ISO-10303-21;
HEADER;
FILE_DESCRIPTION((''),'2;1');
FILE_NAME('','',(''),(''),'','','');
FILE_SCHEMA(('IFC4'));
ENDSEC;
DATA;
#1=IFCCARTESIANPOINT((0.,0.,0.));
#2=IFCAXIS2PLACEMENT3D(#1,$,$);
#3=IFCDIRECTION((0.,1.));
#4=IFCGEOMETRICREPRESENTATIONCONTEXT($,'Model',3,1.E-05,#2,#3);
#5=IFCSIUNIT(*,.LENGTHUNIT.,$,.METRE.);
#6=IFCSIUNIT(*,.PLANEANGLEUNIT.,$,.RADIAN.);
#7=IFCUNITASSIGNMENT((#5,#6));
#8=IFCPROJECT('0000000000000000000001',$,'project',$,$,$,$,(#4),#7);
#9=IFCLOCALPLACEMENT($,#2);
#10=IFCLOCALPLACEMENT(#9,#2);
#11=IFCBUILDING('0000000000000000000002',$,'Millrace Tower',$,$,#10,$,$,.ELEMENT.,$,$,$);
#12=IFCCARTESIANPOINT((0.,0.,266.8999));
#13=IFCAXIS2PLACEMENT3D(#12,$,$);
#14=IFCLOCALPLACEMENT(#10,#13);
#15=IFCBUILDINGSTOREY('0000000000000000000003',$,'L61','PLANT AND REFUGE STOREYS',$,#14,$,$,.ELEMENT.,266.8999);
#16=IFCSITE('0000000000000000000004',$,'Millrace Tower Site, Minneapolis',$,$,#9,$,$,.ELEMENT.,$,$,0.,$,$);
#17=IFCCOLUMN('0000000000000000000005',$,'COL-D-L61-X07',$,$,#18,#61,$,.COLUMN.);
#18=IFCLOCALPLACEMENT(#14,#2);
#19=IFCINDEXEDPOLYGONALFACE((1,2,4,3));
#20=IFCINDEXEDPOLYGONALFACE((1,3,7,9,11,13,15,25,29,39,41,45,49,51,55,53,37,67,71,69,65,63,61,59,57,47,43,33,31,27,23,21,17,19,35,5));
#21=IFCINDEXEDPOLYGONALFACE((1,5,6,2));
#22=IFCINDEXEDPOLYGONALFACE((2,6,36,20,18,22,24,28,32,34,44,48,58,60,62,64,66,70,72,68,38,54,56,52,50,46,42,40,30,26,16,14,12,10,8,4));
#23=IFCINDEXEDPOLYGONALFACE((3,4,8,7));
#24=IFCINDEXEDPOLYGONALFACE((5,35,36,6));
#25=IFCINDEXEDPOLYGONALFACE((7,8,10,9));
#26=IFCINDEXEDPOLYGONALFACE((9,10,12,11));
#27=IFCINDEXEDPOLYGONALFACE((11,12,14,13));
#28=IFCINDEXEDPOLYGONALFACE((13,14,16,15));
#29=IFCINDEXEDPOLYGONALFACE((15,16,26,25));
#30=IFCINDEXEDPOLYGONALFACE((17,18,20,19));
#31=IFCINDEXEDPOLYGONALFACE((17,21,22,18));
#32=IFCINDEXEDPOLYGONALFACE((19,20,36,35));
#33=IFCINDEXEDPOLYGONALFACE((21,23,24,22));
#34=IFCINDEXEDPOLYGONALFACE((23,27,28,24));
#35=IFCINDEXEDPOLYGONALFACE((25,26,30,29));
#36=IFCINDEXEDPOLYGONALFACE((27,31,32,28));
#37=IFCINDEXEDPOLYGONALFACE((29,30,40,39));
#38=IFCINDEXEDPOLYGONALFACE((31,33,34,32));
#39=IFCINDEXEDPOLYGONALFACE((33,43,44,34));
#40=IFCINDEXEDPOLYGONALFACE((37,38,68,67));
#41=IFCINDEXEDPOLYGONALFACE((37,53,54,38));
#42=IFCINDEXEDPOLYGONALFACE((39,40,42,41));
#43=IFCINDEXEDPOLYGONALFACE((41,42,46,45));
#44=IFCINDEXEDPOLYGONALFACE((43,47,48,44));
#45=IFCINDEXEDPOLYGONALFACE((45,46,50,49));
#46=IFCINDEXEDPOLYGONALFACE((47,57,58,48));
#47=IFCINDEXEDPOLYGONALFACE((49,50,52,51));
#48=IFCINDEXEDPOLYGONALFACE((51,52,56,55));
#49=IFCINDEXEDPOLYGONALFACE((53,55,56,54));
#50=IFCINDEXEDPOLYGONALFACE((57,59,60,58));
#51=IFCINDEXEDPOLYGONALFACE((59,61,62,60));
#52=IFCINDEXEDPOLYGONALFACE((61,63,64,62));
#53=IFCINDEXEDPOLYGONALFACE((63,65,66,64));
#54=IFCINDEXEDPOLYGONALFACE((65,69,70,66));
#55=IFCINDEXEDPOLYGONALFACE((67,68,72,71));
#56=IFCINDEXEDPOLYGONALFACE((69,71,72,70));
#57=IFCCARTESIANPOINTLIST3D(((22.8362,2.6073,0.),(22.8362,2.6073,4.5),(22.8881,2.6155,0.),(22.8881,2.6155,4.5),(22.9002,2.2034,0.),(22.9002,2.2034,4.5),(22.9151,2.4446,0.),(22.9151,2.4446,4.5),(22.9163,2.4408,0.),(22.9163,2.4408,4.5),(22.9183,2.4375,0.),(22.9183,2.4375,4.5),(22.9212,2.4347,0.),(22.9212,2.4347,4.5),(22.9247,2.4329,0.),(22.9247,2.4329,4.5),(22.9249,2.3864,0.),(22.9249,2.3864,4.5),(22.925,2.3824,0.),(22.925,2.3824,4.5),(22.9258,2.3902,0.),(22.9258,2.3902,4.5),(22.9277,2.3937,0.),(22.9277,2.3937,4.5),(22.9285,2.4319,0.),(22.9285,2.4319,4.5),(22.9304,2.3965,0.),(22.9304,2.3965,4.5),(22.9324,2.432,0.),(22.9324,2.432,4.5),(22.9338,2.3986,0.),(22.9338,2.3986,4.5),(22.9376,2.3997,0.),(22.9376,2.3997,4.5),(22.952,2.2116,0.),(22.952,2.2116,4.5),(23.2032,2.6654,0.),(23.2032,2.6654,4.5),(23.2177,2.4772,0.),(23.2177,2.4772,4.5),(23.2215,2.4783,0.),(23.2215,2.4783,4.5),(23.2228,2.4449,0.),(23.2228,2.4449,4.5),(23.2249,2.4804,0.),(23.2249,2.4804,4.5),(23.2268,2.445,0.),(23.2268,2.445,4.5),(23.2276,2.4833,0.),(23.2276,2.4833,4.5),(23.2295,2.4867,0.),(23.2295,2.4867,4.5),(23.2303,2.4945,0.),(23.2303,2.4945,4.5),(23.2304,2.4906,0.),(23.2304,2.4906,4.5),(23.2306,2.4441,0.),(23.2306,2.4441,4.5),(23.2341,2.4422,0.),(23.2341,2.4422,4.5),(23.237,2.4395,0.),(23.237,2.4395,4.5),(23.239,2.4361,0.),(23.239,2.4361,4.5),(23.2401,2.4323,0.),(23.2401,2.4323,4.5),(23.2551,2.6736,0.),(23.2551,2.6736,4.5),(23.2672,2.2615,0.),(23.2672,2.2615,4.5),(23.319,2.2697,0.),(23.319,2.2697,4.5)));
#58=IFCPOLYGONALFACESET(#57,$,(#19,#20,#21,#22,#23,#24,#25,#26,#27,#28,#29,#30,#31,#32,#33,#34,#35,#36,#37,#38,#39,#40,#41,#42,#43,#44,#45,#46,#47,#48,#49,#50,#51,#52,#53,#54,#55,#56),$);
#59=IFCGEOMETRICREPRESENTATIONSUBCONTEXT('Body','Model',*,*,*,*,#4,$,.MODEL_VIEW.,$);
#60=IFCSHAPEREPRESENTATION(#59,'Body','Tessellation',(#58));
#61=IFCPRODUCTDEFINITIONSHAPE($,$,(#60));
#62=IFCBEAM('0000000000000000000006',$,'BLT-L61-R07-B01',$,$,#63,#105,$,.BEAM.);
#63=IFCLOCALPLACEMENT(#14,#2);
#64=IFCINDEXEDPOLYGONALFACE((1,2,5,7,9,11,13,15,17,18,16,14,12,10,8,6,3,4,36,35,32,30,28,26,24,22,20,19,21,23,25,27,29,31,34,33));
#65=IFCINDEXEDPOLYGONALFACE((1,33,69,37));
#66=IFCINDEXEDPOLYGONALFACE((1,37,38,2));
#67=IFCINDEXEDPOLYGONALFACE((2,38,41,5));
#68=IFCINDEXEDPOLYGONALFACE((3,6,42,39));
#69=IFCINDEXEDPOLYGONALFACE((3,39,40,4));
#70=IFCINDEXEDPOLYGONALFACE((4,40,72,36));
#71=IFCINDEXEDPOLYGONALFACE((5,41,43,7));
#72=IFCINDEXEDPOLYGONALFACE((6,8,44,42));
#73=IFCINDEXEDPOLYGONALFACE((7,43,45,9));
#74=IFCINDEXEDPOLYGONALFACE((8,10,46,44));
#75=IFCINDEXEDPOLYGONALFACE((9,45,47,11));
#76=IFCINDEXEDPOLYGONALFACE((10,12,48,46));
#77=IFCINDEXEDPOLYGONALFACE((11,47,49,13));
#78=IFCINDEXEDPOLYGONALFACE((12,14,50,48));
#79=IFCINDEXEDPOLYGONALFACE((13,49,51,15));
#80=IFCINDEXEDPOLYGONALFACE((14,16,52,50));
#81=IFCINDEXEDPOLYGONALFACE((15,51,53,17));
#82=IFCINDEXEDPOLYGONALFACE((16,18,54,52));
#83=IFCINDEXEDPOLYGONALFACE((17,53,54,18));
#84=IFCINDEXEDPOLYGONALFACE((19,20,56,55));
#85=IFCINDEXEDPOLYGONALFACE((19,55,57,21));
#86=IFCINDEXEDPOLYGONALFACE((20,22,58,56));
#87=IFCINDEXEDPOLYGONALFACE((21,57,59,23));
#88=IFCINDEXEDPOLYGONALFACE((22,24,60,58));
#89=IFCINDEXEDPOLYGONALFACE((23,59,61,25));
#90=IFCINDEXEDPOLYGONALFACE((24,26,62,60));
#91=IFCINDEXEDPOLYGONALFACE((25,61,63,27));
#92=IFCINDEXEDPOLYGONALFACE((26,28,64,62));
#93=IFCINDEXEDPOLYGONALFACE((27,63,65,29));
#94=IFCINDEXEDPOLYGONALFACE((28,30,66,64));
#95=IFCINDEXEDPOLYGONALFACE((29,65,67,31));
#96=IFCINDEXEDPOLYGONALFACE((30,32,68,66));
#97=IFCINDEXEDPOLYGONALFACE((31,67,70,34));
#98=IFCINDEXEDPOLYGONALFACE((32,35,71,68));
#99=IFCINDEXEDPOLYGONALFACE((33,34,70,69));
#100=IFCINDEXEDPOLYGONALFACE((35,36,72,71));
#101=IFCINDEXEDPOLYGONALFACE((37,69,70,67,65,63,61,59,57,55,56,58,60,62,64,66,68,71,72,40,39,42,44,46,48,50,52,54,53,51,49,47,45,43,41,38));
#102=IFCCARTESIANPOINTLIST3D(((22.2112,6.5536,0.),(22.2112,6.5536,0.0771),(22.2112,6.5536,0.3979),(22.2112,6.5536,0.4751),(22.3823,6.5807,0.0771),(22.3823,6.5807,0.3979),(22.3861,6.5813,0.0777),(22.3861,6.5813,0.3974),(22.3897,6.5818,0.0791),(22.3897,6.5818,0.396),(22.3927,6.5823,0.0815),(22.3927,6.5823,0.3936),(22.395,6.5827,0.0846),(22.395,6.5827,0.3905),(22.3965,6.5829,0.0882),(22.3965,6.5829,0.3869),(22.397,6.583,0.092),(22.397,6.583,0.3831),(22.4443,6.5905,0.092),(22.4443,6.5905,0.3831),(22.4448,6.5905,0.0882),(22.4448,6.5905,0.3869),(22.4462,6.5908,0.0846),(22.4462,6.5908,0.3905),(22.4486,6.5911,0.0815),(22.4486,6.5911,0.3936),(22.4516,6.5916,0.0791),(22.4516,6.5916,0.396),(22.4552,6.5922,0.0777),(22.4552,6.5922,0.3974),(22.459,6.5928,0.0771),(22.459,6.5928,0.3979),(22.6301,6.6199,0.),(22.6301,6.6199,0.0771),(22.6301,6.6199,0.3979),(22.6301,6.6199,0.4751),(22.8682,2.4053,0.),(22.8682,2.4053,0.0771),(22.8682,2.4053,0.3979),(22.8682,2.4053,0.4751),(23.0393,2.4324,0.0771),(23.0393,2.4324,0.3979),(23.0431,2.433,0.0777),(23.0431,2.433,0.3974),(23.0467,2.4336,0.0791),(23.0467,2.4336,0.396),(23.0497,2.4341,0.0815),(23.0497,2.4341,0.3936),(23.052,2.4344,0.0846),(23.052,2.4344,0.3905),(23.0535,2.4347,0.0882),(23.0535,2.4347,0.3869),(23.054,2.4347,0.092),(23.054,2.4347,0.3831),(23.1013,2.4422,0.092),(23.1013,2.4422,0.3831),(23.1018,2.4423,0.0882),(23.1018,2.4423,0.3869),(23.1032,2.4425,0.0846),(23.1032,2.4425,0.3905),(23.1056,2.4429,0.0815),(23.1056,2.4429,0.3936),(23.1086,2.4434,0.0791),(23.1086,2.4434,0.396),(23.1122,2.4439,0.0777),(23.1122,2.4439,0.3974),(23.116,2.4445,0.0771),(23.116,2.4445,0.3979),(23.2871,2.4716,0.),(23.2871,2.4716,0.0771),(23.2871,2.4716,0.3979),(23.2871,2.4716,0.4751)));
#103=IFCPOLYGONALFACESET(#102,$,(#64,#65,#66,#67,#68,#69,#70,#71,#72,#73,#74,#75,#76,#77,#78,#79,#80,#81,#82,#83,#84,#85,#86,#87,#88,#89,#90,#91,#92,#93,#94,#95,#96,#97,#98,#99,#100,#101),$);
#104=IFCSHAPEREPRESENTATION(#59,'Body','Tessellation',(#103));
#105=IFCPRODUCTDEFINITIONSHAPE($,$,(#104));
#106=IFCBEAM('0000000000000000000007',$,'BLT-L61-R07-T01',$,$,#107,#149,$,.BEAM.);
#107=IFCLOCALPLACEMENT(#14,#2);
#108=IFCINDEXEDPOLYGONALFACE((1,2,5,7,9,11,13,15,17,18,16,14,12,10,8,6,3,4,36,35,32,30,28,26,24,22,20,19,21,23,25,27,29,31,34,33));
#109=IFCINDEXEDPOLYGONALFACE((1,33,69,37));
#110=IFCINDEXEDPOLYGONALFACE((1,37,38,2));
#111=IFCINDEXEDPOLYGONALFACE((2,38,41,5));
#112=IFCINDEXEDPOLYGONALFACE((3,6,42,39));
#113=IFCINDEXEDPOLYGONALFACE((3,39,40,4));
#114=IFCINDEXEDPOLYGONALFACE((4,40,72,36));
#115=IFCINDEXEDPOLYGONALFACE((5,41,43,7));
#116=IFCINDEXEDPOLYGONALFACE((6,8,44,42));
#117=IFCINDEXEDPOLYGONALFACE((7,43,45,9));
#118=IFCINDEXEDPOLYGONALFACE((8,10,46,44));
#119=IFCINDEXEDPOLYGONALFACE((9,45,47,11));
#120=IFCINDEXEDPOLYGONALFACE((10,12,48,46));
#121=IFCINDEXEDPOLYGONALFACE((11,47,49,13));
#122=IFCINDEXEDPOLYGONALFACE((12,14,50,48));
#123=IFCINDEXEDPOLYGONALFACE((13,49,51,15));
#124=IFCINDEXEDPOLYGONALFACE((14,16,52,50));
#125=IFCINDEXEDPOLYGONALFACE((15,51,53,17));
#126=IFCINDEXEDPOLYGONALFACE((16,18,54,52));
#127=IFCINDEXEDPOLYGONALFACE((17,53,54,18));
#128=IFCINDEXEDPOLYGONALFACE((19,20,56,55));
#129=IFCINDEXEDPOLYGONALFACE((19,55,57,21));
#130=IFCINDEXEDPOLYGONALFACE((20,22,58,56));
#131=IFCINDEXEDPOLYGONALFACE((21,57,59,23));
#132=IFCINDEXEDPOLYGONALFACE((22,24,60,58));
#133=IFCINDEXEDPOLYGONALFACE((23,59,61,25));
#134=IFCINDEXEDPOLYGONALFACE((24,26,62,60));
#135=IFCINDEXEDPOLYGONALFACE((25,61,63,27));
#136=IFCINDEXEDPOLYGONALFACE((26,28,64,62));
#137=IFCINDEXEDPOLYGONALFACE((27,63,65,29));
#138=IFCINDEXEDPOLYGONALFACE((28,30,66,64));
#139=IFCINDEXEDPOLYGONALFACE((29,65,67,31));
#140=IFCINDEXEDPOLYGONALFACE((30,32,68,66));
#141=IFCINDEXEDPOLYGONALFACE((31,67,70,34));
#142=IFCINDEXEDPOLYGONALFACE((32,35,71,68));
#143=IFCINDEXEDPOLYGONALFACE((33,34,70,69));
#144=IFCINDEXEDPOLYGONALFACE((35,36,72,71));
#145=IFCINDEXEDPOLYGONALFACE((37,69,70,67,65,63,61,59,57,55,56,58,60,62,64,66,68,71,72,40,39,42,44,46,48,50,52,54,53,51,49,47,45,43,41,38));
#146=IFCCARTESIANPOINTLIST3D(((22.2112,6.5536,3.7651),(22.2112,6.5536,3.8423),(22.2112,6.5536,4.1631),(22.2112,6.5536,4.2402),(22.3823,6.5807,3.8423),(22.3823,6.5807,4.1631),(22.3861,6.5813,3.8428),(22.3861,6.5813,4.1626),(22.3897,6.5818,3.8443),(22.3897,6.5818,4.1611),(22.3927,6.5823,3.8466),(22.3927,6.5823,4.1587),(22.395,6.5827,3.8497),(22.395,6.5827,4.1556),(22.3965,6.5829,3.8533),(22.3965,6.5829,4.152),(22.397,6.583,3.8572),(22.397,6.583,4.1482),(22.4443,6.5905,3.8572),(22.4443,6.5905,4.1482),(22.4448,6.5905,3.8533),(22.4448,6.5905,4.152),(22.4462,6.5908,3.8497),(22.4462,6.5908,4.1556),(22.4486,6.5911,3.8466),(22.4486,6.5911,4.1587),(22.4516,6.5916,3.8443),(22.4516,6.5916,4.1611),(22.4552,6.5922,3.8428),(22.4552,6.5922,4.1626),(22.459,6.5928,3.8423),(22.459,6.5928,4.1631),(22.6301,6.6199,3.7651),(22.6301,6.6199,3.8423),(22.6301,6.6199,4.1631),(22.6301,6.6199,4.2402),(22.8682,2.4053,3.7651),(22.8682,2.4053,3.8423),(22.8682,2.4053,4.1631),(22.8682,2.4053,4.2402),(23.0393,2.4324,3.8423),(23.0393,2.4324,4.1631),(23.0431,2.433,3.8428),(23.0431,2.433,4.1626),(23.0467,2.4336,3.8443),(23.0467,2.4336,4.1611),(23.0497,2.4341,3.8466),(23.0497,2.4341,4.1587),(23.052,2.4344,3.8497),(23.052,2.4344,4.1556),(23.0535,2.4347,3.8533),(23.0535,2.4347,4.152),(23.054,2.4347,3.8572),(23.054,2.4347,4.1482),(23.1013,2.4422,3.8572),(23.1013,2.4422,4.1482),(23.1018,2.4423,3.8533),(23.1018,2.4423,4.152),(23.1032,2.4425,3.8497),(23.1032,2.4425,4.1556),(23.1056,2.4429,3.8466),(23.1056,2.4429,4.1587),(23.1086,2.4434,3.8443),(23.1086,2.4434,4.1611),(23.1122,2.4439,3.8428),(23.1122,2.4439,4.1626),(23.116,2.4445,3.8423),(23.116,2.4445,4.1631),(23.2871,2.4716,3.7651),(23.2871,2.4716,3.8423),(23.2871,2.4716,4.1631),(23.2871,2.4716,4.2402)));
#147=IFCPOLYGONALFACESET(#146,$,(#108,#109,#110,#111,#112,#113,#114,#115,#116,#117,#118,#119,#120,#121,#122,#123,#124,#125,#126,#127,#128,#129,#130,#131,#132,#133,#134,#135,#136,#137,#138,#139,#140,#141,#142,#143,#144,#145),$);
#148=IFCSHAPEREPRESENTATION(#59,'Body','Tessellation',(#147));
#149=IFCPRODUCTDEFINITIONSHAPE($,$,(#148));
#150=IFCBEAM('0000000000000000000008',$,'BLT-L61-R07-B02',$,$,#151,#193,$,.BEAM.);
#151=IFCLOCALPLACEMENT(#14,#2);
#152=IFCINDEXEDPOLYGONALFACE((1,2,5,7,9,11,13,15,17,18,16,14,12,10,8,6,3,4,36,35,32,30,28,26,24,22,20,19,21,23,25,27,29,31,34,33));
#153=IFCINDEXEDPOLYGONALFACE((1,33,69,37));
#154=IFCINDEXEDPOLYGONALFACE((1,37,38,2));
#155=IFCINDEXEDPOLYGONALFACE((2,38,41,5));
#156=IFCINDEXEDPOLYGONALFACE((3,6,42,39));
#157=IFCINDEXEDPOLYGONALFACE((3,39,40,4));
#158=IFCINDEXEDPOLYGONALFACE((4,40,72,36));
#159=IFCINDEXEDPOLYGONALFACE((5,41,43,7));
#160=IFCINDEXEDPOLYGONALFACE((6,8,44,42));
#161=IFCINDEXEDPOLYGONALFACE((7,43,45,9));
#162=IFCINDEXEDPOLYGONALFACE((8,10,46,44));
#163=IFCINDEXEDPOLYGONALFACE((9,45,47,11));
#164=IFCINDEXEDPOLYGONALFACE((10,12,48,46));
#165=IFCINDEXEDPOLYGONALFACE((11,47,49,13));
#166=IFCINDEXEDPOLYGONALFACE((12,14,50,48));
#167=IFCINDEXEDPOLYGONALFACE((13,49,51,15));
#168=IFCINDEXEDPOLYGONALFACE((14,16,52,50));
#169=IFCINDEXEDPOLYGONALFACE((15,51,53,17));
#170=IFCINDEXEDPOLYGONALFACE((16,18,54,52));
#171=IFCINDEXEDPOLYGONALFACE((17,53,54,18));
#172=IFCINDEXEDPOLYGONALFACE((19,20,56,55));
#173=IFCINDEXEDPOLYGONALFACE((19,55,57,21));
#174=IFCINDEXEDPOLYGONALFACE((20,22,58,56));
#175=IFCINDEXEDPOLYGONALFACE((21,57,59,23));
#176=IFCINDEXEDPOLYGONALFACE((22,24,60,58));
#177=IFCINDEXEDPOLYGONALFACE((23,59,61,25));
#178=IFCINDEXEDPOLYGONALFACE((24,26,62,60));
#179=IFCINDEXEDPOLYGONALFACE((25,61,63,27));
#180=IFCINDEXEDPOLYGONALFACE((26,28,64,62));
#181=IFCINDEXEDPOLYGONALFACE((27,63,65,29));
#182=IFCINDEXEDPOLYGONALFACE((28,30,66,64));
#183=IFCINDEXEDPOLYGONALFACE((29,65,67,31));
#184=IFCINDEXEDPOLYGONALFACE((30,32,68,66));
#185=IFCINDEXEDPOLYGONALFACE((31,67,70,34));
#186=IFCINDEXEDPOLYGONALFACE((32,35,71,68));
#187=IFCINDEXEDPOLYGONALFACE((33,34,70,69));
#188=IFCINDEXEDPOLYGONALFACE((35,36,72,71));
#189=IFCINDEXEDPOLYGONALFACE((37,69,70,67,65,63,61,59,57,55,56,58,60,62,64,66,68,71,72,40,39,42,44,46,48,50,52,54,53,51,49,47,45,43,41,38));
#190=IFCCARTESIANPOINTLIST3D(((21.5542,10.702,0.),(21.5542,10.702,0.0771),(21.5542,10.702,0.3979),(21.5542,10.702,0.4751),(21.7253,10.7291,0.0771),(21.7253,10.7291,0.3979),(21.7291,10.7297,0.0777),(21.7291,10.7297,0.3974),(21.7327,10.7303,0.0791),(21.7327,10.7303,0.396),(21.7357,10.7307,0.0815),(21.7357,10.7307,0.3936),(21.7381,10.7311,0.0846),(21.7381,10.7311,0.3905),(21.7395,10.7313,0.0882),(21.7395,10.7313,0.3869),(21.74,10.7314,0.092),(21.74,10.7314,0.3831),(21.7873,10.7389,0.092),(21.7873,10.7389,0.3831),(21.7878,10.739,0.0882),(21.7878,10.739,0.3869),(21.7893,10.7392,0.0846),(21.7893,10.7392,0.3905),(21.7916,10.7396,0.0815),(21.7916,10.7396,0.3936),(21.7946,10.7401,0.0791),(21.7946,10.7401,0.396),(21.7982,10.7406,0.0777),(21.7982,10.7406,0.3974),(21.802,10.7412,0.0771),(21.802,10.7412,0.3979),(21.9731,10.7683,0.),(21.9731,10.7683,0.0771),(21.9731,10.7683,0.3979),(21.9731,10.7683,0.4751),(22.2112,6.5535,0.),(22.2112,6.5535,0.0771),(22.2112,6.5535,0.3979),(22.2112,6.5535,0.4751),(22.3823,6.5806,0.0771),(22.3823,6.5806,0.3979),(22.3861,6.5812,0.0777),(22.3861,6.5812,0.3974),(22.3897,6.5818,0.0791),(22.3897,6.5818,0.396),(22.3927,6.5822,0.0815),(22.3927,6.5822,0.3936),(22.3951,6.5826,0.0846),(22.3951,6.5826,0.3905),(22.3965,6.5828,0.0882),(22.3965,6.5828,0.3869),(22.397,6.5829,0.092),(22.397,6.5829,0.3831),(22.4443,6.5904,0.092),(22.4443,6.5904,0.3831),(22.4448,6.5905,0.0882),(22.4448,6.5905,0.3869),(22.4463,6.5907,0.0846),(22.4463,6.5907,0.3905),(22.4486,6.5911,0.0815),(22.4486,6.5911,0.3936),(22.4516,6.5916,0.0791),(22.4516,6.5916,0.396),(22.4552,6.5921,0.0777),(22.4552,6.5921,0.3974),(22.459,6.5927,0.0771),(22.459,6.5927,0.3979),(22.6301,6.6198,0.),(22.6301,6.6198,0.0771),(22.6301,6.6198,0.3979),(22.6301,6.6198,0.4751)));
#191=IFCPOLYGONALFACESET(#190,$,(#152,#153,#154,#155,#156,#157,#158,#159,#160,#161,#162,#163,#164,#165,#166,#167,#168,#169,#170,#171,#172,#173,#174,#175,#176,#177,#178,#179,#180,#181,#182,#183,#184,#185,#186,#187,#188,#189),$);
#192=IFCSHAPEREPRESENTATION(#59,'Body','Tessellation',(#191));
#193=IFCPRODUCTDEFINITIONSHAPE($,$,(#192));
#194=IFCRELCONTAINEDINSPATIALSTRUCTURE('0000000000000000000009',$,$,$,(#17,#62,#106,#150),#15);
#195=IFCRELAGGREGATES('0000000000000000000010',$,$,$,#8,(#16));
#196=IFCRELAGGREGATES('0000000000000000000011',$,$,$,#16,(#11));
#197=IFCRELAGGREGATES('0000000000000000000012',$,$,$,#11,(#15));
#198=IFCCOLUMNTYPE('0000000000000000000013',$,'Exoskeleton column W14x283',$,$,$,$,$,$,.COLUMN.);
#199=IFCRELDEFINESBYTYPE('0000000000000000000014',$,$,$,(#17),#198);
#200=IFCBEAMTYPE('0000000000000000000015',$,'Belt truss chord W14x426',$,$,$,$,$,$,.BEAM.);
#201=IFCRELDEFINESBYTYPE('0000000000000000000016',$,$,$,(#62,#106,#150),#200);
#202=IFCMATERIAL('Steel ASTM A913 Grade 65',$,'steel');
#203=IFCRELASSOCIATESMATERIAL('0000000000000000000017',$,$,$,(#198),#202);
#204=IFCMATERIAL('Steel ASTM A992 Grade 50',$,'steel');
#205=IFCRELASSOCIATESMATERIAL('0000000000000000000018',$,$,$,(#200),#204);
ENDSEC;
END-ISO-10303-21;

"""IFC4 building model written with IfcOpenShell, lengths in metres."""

from ifc_helpers import new_model, si_unit, direction, frame, origin, origin_2d, place, context, subcontext, project, spatial, i_section, extrude, material, material_profile, profile_set, type_object, element, save


model = new_model("IFC4")

# Units and contexts
model_context = context("Model", 3, precision=1e-05, world=origin(), true_north=direction((0.0, 1.0)))
body_context = subcontext(model_context, "Body", "Model", "MODEL_VIEW")
ifc_project = project(units=[si_unit("LENGTHUNIT", "METRE"), si_unit("PLANEANGLEUNIT", "RADIAN")], contexts=[model_context])

# Site, building, storey
site_placement = place(None, origin())
site = spatial("IfcSite", under=ifc_project, at=site_placement, Name="Millrace Tower Site, Minneapolis", CompositionType="ELEMENT", RefElevation=0.0)
building_placement = place(site_placement, origin())
building = spatial("IfcBuilding", under=site, at=building_placement, Name="Millrace Tower", CompositionType="ELEMENT")
storey_placement = place(building_placement, frame((0.0, 0.0, 266.8999)))
storey = spatial("IfcBuildingStorey", under=building, at=storey_placement, Name="L61", Description="PLANT AND REFUGE STOREYS", CompositionType="ELEMENT", Elevation=266.8999)

# Column
ifc_material_1 = material(Name="Steel ASTM A913 Grade 65", Category="steel")
ifc_material_profile_1 = material_profile(ifc_material_1, i_section(OverallWidth=0.4089, OverallDepth=0.4241, WebThickness=0.0327, FlangeThickness=0.0525, FilletRadius=0.0151, at=origin_2d()))
ifc_profile_set_1 = profile_set([ifc_material_profile_1], Name="Steel ASTM A913 Grade 65")
column_type = type_object("IfcColumnType", Name="Exoskeleton column W14x283", PredefinedType="COLUMN", material=ifc_profile_set_1)
column_placement = place(storey_placement, frame((23.0776, 2.4385, 0.0), z_axis=(0.0, 0.0, 1.0), x_axis=(-0.156434, 0.987688, 0.0)))
element("IfcColumn", 1, at=column_placement, inside=storey, type_object=column_type, Name="COL-D-L61-X07", PredefinedType="COLUMN", context=body_context, shape_type="SweptSolid", body=[
    extrude(i_section(OverallWidth=0.4089, OverallDepth=0.4241, WebThickness=0.0327, FlangeThickness=0.0525, FilletRadius=0.0151, at=origin_2d()), origin(), (0.0, 0.0, 1.0), 4.5),
])

# Beams
ifc_material_2 = material(Name="Steel ASTM A992 Grade 50", Category="steel")
ifc_material_profile_2 = material_profile(ifc_material_2, i_section(OverallWidth=0.4241, OverallDepth=0.4751, WebThickness=0.0479, FlangeThickness=0.0771, FilletRadius=0.0149, at=origin_2d()))
ifc_profile_set_2 = profile_set([ifc_material_profile_2], Name="Steel ASTM A992 Grade 50")
beam_type_1 = type_object("IfcBeamType", Name="Belt truss chord W14x426", PredefinedType="BEAM", material=ifc_profile_set_2)
for number, where, z_axis, x_axis, name in (
    (2, (23.0776, 2.4385, 0.2375), (-0.156428, 0.987689, 0.0), (-0.987689, -0.156428, 0.0), "BLT-L61-R07-B01"),
    (3, (23.0776, 2.4385, 4.0027), (-0.156428, 0.987689, 0.0), (-0.987689, -0.156428, 0.0), "BLT-L61-R07-T01"),
):
    element("IfcBeam", number, at=place(storey_placement, frame(where, z_axis=z_axis, x_axis=x_axis)), inside=storey, type_object=beam_type_1, Name=name, PredefinedType="BEAM", context=body_context, shape_type="SweptSolid", body=[
        extrude(i_section(OverallWidth=0.4241, OverallDepth=0.4751, WebThickness=0.0479, FlangeThickness=0.0771, FilletRadius=0.0149, at=origin_2d()), origin(), (0.0, 0.0, 1.0), 4.2),
    ])
beam_1_placement = place(storey_placement, frame((22.4207, 6.5867, 0.2375), z_axis=(-0.156419, 0.987691, 0.0), x_axis=(-0.987691, -0.156419, 0.0)))
element("IfcBeam", 4, at=beam_1_placement, inside=storey, type_object=beam_type_1, Name="BLT-L61-R07-B02", PredefinedType="BEAM", context=body_context, shape_type="SweptSolid", body=[
    extrude(i_section(OverallWidth=0.4241, OverallDepth=0.4751, WebThickness=0.0479, FlangeThickness=0.0771, FilletRadius=0.0149, at=origin_2d()), origin(), (0.0, 0.0, 1.0), 4.2002),
])

save(model, "model.ifc")
